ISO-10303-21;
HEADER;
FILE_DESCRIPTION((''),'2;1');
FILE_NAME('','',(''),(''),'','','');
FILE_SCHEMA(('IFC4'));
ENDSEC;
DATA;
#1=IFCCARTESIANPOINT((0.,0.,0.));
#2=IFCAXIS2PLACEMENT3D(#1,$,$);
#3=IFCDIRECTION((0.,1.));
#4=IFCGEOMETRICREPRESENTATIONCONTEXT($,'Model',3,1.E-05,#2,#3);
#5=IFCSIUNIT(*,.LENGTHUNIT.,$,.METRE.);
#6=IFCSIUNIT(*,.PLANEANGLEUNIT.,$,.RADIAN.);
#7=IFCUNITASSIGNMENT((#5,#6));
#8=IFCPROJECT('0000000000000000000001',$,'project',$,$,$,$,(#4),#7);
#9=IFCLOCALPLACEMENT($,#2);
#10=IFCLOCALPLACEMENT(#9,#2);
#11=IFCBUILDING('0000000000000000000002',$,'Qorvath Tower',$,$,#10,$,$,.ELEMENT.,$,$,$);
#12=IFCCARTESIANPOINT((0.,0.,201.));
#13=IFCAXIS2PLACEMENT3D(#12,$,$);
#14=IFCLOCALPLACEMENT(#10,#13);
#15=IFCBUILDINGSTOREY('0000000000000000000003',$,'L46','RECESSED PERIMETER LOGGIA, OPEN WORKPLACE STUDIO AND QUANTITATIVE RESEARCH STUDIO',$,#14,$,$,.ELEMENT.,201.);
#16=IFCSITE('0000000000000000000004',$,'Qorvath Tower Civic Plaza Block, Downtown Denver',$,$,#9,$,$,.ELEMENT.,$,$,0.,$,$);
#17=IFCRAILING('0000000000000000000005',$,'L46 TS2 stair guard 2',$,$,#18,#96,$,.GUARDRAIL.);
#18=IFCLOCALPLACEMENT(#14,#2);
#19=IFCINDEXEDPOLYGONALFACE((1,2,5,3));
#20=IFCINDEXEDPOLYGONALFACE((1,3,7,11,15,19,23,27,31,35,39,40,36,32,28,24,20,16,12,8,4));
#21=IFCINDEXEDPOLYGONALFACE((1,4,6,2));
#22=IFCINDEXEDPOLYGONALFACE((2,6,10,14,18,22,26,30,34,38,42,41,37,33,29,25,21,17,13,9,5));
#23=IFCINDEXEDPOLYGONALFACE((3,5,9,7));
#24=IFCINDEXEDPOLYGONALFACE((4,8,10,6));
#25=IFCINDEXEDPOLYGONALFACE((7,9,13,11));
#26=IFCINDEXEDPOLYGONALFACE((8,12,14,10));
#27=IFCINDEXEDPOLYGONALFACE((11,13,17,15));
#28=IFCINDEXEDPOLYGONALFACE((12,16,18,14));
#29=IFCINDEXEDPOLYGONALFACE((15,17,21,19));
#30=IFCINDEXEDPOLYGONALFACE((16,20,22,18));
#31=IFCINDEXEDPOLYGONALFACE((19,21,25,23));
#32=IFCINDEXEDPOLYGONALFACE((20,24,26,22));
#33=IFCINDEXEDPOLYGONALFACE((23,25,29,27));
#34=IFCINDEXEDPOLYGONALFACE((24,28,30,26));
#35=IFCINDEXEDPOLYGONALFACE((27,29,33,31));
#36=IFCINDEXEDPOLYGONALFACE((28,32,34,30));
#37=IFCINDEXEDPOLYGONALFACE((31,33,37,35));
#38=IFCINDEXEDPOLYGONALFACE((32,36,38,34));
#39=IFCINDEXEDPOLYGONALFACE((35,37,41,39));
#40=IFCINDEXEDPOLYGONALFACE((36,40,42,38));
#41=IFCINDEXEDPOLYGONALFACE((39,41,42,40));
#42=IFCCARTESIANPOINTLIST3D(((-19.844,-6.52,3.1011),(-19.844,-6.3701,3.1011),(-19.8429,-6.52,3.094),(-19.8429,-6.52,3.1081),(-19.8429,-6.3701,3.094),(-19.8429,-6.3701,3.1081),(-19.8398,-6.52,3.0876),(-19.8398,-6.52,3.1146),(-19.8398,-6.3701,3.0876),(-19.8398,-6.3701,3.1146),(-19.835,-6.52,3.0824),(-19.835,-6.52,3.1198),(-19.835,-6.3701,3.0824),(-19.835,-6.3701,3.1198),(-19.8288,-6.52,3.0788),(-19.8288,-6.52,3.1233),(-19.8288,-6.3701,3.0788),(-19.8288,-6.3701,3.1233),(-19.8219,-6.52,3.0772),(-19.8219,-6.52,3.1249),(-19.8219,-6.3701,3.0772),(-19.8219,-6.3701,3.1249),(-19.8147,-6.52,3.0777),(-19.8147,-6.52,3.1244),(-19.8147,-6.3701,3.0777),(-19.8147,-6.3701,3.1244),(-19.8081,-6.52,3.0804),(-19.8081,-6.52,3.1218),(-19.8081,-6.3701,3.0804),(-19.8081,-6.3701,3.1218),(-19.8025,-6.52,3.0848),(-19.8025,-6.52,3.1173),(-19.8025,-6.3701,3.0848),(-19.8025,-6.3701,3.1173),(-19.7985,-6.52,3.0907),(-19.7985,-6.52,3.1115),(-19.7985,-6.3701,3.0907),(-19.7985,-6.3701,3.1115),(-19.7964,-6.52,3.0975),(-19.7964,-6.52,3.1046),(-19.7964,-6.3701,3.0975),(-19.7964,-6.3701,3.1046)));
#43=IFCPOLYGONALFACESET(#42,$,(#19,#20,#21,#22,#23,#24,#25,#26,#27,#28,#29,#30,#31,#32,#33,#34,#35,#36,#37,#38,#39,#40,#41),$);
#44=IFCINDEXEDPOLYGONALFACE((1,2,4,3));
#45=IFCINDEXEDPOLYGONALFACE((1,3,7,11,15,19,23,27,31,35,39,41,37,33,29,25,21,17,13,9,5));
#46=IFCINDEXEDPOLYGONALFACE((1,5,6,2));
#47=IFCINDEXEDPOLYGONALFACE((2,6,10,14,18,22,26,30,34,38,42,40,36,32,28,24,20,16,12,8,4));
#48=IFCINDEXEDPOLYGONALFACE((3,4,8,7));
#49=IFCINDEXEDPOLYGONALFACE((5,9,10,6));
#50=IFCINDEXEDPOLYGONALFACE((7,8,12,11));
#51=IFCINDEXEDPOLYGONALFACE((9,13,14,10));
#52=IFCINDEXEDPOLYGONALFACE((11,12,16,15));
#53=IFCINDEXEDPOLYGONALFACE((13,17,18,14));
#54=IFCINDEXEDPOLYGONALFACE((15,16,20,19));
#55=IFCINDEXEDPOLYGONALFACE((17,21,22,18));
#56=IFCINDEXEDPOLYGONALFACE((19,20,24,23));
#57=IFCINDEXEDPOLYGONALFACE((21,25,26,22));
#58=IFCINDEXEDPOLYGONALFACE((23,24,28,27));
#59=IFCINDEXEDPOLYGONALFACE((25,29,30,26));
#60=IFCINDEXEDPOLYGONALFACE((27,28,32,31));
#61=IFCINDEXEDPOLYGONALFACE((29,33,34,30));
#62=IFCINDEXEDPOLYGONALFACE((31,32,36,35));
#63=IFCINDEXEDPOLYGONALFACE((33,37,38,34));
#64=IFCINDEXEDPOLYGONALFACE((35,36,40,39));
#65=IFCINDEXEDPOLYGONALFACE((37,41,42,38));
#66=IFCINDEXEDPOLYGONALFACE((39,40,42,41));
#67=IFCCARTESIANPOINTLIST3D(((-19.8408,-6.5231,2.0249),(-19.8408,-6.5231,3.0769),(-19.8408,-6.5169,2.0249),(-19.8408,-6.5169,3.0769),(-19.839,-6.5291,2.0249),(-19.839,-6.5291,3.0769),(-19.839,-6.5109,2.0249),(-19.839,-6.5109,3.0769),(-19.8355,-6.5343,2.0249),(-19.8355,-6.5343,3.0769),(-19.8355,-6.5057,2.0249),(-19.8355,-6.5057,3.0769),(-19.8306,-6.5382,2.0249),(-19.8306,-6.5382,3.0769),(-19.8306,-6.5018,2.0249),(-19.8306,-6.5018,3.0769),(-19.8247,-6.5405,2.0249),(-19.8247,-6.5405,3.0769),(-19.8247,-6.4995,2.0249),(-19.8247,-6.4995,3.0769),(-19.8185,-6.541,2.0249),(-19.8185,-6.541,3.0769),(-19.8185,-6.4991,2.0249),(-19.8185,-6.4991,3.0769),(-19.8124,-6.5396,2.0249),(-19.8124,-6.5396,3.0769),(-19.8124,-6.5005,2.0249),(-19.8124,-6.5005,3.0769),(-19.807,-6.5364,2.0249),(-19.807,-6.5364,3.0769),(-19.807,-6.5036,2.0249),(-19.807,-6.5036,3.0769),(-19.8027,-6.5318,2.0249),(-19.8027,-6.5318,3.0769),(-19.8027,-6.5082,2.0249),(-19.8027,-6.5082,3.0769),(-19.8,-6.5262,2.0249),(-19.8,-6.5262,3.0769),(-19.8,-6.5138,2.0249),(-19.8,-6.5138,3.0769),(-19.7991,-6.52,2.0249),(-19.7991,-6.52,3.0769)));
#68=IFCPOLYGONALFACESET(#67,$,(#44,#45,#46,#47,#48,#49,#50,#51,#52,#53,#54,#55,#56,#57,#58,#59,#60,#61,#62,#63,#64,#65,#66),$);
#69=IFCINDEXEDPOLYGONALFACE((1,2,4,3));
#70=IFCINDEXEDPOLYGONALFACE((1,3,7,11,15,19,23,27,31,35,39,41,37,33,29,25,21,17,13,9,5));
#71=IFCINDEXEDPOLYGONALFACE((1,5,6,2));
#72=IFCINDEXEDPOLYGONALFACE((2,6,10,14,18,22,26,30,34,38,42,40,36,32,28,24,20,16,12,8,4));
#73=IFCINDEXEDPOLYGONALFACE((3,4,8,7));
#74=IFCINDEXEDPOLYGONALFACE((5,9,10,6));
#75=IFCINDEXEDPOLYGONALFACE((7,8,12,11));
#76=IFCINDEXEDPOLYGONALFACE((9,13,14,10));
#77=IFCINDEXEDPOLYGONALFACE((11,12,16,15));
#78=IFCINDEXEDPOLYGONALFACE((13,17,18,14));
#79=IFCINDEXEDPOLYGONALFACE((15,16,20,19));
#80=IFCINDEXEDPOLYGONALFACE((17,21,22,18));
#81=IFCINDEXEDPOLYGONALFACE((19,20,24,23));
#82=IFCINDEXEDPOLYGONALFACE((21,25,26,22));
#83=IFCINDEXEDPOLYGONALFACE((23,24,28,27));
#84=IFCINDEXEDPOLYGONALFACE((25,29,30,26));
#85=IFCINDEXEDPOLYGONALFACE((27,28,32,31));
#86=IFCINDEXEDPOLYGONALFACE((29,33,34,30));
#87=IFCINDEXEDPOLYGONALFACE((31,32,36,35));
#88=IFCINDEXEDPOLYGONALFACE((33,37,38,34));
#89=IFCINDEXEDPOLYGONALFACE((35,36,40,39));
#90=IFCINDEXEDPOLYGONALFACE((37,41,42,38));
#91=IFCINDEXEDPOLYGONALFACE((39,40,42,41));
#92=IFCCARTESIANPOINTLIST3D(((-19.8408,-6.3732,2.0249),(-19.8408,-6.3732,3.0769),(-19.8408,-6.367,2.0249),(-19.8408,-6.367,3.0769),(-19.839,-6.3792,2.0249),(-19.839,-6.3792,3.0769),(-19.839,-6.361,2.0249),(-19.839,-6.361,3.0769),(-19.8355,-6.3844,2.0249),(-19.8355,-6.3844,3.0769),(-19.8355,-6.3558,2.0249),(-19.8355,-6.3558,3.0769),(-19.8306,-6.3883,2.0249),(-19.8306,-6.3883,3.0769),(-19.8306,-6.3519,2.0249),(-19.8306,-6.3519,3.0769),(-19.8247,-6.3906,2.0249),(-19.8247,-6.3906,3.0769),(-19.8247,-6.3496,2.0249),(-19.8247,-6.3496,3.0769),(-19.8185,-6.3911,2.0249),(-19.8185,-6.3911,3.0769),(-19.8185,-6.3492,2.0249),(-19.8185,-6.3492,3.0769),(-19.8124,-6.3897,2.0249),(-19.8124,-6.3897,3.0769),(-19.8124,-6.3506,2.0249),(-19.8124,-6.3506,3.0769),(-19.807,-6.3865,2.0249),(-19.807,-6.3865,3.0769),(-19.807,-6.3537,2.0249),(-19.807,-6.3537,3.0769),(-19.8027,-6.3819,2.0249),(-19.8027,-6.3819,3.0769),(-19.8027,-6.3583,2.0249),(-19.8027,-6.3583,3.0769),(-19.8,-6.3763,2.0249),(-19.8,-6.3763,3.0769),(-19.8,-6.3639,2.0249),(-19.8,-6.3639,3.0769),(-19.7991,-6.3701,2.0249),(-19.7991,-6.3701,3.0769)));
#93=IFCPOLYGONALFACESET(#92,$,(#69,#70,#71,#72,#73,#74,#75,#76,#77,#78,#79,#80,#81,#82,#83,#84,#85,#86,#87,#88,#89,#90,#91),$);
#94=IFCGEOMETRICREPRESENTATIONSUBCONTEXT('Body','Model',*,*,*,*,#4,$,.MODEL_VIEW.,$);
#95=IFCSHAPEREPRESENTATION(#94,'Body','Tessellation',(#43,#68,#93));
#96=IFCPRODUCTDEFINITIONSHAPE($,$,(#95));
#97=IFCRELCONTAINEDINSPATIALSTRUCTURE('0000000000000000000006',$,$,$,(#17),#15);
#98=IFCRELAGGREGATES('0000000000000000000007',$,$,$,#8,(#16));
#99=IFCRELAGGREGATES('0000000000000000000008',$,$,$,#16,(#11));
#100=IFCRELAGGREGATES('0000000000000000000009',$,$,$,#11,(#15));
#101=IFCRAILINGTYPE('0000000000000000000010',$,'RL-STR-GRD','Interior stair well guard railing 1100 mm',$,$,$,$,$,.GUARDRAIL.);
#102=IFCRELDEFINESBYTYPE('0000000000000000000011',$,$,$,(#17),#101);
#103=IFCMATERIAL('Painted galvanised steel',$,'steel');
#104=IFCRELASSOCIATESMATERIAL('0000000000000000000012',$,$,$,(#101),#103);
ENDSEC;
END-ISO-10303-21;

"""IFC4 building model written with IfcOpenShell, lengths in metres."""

from ifc_helpers import new_model, si_unit, direction, frame, origin, origin_2d, place, context, subcontext, project, spatial, circle, extrude, material, type_object, element, save


model = new_model("IFC4")

# Units and contexts
model_context = context("Model", 3, precision=1e-05, world=origin(), true_north=direction((0.0, 1.0)))
body_context = subcontext(model_context, "Body", "Model", "MODEL_VIEW")
ifc_project = project(units=[si_unit("LENGTHUNIT", "METRE"), si_unit("PLANEANGLEUNIT", "RADIAN")], contexts=[model_context])

# Site, building, storey
site_placement = place(None, origin())
site = spatial("IfcSite", under=ifc_project, at=site_placement, Name="Qorvath Tower Civic Plaza Block, Downtown Denver", CompositionType="ELEMENT", RefElevation=0.0)
building_placement = place(site_placement, origin())
building = spatial("IfcBuilding", under=site, at=building_placement, Name="Qorvath Tower", CompositionType="ELEMENT")
storey_placement = place(building_placement, frame((0.0, 0.0, 201.0)))
storey = spatial("IfcBuildingStorey", under=building, at=storey_placement, Name="L46", Description="RECESSED PERIMETER LOGGIA, OPEN WORKPLACE STUDIO AND QUANTITATIVE RESEARCH STUDIO", CompositionType="ELEMENT", Elevation=201.0)

# Railing
ifc_material_1 = material(Name="Painted galvanised steel", Category="steel")
railing_type_1 = type_object("IfcRailingType", Name="RL-STR-GRD", Description="Interior stair well guard railing 1100 mm", PredefinedType="GUARDRAIL", material=ifc_material_1)
railing_1_placement = place(storey_placement, frame((-19.8201, -6.52, 2.0249)))
element("IfcRailing", 1, at=railing_1_placement, inside=storey, type_object=railing_type_1, Name="L46 TS2 stair guard 2", PredefinedType="GUARDRAIL", context=body_context, shape_type="SweptSolid", body=[
    extrude(circle(Radius=0.0239, at=origin_2d()), frame((0.0, 0.0, 1.0762), z_axis=(0.0, 1.0, 0.0), x_axis=(-1.0, 0.0, 0.0)), (0.0, 0.0, 1.0), 0.1499),
    extrude(circle(Radius=0.021, at=origin_2d()), origin(), (0.0, 0.0, 1.0), 1.052),
    extrude(circle(Radius=0.021, at=origin_2d()), frame((0.0, 0.1499, 0.0)), (0.0, 0.0, 1.0), 1.052),
])

save(model, "model.ifc")
